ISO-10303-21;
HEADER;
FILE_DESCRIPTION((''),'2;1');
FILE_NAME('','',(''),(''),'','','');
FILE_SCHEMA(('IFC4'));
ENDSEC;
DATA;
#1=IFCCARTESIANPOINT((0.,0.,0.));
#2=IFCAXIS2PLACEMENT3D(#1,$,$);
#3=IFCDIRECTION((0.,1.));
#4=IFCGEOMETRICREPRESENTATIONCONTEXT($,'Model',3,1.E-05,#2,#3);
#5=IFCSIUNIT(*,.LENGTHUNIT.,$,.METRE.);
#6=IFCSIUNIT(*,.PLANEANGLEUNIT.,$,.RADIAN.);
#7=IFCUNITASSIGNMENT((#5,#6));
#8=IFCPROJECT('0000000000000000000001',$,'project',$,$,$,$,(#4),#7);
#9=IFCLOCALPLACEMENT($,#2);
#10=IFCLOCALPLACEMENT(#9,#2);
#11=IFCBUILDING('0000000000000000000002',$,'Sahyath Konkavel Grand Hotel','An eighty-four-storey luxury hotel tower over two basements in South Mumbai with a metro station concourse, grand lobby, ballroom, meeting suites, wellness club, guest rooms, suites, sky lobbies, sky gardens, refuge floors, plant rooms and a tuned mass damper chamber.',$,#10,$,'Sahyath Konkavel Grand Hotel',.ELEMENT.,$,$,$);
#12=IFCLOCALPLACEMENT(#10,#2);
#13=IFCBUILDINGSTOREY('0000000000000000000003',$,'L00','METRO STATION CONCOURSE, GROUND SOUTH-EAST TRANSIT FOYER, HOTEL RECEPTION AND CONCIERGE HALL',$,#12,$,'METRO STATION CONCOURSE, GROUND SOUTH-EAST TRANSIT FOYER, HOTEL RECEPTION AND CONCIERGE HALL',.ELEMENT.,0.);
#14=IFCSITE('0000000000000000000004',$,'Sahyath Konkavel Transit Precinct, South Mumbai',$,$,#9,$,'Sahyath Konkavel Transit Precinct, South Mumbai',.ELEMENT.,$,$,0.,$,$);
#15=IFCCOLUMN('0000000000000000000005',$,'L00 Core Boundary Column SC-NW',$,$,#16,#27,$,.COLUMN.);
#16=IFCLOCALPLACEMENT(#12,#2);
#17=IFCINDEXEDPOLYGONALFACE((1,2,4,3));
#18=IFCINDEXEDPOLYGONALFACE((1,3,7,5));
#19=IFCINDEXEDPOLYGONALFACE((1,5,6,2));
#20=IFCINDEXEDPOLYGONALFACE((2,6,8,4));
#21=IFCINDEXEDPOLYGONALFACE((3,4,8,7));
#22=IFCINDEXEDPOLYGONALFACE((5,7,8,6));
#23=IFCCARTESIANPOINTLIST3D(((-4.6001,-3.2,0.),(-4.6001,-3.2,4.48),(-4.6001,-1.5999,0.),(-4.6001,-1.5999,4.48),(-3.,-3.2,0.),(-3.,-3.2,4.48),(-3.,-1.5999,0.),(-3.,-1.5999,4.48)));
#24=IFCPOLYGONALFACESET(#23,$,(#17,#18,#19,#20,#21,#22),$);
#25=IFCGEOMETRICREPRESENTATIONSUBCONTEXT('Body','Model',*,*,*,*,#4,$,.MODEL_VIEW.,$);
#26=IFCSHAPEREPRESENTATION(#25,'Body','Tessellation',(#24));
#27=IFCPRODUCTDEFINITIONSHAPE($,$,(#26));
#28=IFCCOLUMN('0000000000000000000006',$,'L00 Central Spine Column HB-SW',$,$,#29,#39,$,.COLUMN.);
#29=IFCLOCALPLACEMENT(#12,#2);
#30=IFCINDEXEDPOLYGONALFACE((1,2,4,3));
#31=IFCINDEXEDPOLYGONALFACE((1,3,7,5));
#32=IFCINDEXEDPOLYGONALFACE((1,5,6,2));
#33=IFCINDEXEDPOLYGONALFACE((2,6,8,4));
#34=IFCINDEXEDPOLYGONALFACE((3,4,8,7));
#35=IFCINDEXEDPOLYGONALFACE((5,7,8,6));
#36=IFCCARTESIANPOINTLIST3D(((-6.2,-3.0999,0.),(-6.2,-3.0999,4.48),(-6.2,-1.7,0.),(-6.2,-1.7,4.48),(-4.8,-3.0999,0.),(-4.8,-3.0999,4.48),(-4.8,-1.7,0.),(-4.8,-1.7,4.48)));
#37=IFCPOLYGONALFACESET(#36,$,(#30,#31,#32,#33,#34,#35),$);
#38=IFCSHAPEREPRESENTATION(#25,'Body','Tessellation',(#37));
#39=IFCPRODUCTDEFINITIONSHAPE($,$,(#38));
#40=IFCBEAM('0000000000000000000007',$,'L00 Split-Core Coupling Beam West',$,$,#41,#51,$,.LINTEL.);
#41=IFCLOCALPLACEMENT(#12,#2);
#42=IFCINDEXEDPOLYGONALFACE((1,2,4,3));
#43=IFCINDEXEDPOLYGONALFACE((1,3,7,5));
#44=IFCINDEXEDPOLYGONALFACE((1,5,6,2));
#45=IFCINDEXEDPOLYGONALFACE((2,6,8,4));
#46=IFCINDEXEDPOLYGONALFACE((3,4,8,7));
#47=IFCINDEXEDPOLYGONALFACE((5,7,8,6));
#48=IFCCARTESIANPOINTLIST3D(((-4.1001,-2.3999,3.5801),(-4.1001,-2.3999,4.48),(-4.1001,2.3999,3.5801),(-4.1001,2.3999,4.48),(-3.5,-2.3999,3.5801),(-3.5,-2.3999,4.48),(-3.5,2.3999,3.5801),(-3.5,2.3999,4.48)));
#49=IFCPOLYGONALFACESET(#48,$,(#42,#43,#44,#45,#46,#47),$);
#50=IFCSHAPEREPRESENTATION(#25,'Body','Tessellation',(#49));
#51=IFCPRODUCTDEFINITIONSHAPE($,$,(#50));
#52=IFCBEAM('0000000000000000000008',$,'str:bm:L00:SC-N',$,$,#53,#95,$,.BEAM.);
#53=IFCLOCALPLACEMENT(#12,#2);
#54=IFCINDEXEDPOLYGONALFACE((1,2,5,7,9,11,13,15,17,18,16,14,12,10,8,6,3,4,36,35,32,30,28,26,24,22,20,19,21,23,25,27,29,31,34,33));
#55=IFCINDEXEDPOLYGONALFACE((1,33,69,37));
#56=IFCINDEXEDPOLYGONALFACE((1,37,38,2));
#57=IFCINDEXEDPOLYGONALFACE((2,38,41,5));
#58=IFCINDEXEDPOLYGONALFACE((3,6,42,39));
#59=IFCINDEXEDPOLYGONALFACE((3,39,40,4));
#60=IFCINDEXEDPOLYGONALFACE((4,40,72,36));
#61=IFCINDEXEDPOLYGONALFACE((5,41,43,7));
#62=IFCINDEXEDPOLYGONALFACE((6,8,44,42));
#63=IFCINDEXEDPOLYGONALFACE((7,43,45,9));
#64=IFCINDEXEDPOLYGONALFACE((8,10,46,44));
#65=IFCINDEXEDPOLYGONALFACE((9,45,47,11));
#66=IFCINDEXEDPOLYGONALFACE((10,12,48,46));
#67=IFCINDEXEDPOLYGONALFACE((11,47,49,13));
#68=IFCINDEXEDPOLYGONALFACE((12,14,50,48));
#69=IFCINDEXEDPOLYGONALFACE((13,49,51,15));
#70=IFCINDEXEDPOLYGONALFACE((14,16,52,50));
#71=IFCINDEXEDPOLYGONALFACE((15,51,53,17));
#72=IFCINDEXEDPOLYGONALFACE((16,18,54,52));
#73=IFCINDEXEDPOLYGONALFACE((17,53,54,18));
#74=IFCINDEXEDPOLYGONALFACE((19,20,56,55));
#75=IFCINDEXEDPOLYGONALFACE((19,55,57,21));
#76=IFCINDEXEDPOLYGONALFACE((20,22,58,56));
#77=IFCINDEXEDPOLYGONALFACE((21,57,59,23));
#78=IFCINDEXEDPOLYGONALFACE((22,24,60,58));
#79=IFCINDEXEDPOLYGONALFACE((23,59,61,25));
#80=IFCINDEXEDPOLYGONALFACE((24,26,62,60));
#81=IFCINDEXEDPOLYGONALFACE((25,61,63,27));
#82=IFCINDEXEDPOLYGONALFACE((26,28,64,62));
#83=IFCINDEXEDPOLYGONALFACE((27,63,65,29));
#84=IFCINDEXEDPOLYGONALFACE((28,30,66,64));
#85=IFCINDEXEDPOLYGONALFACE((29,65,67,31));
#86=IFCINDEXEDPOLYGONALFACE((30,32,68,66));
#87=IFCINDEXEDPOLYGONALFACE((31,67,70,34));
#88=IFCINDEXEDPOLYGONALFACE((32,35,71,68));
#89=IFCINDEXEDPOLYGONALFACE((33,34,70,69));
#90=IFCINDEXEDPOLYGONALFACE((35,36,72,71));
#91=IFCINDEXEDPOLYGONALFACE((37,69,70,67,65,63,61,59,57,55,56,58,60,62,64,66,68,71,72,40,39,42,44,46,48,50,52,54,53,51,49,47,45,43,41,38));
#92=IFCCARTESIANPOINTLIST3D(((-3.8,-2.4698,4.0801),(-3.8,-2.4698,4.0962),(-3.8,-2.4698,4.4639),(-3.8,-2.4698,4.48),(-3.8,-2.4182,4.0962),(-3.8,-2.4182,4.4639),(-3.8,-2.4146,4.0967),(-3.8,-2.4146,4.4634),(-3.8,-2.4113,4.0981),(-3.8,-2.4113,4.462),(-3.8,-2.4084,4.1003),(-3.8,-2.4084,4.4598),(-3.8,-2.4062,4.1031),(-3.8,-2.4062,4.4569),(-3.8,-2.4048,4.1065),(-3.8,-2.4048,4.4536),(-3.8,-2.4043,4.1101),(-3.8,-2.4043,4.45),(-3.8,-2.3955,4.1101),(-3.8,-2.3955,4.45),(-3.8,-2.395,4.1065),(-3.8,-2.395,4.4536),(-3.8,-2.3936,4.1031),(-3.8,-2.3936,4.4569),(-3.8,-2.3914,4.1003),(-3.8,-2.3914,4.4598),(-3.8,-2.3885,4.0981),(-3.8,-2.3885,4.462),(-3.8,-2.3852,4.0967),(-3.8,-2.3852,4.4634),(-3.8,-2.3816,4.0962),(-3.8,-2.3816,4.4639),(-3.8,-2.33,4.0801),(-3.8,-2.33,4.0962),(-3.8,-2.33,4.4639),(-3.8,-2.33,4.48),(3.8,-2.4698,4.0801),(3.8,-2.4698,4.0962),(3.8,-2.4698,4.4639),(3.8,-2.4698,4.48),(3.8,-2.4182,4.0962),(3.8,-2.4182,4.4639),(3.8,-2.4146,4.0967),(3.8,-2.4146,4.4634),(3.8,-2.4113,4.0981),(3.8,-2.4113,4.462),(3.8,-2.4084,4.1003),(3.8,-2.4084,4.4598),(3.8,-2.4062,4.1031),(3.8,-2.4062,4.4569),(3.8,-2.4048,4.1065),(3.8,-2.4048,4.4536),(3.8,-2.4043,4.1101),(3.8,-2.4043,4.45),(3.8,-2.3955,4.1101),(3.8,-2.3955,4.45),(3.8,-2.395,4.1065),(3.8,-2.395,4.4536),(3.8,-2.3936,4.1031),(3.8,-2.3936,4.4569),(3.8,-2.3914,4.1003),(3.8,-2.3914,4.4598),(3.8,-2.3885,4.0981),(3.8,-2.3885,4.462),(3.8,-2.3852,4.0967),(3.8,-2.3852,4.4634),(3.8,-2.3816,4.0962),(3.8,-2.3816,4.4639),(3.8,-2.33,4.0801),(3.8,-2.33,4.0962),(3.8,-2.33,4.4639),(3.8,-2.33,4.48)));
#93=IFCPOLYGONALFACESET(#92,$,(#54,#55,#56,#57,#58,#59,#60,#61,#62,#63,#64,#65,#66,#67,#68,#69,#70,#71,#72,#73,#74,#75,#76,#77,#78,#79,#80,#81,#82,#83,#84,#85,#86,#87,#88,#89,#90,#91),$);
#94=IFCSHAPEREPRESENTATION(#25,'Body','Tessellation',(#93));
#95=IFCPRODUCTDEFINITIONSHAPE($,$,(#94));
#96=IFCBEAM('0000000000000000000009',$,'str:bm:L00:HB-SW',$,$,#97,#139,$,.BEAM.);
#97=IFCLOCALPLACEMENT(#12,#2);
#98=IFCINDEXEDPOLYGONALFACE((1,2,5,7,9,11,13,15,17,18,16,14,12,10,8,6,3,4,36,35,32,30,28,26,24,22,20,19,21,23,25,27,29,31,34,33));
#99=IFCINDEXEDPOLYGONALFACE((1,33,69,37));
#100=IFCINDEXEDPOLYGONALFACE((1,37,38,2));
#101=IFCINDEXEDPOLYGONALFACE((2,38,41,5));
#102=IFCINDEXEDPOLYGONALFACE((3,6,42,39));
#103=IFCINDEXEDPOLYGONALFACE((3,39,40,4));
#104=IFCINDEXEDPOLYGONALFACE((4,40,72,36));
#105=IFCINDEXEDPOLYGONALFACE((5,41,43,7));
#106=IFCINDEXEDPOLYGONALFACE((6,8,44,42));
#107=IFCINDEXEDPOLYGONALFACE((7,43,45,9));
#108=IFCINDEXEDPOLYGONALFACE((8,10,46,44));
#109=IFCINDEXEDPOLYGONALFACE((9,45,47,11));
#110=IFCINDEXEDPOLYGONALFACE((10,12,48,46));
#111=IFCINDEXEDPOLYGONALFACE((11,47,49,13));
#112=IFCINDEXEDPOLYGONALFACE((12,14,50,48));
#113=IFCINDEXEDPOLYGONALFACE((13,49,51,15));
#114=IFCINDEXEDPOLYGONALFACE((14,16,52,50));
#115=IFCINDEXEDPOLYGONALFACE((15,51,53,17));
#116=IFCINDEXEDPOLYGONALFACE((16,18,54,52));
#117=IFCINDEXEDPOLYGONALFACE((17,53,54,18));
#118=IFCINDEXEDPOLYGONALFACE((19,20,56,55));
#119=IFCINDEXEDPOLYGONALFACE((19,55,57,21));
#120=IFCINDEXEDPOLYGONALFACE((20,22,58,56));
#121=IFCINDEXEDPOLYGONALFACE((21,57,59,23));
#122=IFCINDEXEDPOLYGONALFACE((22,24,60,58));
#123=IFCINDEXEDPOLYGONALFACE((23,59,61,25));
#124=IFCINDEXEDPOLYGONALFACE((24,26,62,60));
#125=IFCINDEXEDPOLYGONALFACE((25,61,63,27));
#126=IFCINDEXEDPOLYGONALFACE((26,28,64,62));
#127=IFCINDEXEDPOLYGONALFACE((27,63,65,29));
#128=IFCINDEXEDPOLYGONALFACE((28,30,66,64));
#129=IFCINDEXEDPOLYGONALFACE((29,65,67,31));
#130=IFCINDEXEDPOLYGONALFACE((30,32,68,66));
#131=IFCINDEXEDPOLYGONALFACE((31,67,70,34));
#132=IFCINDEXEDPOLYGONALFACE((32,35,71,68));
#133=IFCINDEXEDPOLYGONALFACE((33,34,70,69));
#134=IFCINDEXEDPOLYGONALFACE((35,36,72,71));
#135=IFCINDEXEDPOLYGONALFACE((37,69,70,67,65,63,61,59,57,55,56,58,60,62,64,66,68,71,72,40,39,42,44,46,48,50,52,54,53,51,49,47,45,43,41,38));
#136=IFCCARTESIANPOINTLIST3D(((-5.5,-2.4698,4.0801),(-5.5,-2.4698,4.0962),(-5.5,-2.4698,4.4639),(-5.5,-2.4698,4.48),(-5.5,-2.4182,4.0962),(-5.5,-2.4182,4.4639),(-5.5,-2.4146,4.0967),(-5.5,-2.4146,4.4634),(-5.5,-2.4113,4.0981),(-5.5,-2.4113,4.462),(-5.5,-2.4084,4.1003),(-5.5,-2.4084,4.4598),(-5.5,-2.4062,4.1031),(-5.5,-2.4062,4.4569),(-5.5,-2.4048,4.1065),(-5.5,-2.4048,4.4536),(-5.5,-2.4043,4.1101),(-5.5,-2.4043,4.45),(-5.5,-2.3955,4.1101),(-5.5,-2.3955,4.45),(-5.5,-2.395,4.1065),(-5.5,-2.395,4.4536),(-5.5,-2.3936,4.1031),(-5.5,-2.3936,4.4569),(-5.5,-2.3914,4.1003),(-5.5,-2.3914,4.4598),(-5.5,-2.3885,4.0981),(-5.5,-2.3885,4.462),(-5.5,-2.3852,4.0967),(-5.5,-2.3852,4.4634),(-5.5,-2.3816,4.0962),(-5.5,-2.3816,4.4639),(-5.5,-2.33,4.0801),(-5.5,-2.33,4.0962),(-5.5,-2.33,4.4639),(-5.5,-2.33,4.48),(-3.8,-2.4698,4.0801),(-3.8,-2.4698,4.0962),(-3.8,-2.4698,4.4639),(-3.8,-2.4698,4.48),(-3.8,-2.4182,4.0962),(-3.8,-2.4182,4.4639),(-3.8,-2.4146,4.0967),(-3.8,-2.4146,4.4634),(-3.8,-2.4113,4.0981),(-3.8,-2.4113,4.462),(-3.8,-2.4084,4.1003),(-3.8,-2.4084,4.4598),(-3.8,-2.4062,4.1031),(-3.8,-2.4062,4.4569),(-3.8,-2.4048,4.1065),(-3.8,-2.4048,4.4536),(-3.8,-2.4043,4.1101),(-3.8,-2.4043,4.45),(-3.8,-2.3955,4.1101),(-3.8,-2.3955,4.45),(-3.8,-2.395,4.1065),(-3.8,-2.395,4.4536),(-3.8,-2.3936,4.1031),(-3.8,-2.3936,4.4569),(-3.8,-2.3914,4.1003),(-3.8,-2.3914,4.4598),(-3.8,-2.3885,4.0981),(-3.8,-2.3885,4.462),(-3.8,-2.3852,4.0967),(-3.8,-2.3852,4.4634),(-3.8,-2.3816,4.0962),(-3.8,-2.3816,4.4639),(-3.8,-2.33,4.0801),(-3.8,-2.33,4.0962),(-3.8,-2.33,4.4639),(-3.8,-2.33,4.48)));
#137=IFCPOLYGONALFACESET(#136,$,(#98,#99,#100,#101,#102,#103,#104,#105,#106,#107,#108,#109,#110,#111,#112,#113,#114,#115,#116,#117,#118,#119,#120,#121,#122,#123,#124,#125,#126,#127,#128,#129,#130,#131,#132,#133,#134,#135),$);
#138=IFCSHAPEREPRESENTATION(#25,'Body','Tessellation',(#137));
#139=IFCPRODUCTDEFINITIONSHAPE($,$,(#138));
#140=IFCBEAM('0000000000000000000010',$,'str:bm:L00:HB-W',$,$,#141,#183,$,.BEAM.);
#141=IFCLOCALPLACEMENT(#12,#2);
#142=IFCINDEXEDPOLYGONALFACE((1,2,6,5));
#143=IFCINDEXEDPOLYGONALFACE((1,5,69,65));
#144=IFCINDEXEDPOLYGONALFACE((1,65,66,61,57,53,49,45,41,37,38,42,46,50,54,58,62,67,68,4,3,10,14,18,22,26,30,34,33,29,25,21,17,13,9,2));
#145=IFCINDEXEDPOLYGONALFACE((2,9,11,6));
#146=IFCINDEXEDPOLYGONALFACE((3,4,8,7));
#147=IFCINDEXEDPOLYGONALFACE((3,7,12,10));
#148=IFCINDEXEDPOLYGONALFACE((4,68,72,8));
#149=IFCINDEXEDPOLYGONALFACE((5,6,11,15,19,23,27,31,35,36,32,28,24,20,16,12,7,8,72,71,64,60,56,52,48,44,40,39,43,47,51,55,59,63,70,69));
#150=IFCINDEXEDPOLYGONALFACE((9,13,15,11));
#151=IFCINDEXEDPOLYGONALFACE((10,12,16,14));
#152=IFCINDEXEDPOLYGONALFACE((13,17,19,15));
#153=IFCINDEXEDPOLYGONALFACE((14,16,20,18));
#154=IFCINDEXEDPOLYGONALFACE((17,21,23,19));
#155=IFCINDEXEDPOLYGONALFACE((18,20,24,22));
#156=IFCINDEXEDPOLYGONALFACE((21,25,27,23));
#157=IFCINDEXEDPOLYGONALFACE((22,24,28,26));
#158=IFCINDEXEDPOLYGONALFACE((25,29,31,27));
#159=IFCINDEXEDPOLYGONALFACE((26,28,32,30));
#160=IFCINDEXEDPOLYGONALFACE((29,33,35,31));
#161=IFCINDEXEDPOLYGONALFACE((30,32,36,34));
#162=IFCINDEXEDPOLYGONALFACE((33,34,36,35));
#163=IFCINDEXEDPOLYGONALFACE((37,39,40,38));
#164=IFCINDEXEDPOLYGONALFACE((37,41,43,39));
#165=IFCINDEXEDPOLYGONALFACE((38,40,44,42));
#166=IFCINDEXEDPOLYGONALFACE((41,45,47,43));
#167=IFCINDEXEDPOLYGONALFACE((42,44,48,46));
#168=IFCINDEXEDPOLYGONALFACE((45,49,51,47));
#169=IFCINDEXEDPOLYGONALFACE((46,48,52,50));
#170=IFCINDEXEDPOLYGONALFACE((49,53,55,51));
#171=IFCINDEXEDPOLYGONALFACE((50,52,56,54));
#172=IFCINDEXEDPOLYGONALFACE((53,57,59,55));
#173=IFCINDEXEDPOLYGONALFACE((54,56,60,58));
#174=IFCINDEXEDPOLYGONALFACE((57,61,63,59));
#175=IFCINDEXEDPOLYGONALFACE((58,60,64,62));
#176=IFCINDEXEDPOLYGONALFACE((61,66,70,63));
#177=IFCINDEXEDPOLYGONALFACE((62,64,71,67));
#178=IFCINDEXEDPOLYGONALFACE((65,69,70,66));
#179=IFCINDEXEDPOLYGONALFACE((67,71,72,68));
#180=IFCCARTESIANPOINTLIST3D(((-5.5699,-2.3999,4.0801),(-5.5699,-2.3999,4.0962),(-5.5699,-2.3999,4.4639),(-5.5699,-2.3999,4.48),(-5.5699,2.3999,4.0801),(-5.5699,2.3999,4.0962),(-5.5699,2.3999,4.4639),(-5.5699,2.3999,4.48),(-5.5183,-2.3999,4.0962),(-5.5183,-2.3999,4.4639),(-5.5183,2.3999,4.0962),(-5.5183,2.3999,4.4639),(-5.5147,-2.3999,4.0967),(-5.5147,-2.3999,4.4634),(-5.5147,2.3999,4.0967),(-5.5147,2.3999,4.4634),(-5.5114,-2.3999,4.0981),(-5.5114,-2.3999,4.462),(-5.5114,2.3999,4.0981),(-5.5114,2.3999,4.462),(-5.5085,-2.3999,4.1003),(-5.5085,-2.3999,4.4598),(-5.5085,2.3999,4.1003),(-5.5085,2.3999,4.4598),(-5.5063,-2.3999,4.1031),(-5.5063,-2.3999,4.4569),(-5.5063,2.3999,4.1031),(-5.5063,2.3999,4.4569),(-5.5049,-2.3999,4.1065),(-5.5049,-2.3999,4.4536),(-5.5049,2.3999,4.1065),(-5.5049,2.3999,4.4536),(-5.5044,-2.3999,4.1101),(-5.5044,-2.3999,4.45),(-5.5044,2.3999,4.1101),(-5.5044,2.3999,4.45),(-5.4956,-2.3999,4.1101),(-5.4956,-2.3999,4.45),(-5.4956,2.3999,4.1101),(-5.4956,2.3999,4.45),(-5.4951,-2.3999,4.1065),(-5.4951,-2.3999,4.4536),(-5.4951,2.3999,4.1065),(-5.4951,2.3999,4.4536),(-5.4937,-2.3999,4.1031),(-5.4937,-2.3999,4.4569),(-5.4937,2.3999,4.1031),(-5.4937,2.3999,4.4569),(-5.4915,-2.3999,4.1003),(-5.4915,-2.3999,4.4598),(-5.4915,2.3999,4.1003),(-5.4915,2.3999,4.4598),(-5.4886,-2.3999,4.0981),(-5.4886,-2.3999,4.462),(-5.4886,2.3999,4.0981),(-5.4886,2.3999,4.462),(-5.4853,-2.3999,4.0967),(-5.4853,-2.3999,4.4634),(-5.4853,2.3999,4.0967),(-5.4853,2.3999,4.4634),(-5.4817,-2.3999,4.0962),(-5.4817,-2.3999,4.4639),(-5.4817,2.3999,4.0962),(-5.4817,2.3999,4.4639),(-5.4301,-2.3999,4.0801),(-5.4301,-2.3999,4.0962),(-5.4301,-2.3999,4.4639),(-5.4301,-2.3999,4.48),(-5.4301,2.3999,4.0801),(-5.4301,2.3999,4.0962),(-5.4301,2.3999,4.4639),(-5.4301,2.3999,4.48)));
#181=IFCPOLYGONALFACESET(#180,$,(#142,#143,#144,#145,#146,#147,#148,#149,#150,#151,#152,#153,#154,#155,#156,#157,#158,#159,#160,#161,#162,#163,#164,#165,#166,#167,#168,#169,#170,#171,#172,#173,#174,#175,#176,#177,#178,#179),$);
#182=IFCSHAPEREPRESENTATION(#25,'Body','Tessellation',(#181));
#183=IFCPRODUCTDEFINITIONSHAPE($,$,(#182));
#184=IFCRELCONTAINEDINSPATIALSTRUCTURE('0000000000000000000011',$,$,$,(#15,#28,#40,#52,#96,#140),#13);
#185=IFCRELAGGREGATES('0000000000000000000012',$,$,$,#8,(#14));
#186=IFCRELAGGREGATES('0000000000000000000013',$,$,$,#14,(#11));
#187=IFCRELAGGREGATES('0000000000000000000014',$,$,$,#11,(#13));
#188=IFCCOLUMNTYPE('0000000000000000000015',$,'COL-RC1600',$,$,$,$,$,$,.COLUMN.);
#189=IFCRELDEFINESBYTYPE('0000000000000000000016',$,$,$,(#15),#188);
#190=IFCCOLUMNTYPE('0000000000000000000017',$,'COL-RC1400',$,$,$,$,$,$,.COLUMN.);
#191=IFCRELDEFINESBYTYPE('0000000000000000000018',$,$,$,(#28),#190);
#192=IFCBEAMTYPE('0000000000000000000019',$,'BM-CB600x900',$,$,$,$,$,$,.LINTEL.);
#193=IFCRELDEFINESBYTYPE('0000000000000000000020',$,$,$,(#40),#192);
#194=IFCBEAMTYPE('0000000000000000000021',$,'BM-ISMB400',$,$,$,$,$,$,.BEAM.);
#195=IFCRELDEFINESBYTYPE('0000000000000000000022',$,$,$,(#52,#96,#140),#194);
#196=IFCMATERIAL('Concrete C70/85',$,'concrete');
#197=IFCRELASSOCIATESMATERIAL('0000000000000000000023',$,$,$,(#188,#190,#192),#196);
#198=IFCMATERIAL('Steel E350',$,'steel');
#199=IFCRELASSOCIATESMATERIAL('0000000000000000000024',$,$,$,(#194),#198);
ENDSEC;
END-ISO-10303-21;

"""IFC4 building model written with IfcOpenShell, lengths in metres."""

from ifc_helpers import new_model, si_unit, direction, frame, origin, origin_2d, place, context, subcontext, project, spatial, rectangle, i_section, extrude, source, transform, mapped, material, material_profile, profile_set, type_object, element, save


model = new_model("IFC4")

# Units and contexts
model_context = context("Model", 3, precision=1e-05, world=origin(), true_north=direction((0.0, 1.0)))
body_context = subcontext(model_context, "Body", "Model", "MODEL_VIEW")
ifc_project = project(units=[si_unit("LENGTHUNIT", "METRE"), si_unit("PLANEANGLEUNIT", "RADIAN")], contexts=[model_context])

# Site, building, storey
site_placement = place(None, origin())
site = spatial("IfcSite", under=ifc_project, at=site_placement, Name="Sahyath Konkavel Transit Precinct, South Mumbai", LongName="Sahyath Konkavel Transit Precinct, South Mumbai", CompositionType="ELEMENT", RefElevation=0.0)
building_placement = place(site_placement, origin())
building = spatial("IfcBuilding", under=site, at=building_placement, Name="Sahyath Konkavel Grand Hotel", Description="An eighty-four-storey luxury hotel tower over two basements in South Mumbai with a metro station concourse, grand lobby, ballroom, meeting suites, wellness club, guest rooms, suites, sky lobbies, sky gardens, refuge floors, plant rooms and a tuned mass damper chamber.", LongName="Sahyath Konkavel Grand Hotel", CompositionType="ELEMENT")
storey_placement = place(building_placement, origin())
storey = spatial("IfcBuildingStorey", under=building, at=storey_placement, Name="L00", Description="METRO STATION CONCOURSE, GROUND SOUTH-EAST TRANSIT FOYER, HOTEL RECEPTION AND CONCIERGE HALL", LongName="METRO STATION CONCOURSE, GROUND SOUTH-EAST TRANSIT FOYER, HOTEL RECEPTION AND CONCIERGE HALL", CompositionType="ELEMENT", Elevation=0.0)

# Columns
ifc_material_1 = material(Name="Concrete C70/85", Category="concrete")
ifc_material_profile_1 = material_profile(ifc_material_1, rectangle(XDim=1.6001, YDim=1.6001, at=origin_2d()), Name="RC 1600x1600")
ifc_profile_set_1 = profile_set([ifc_material_profile_1], Name="Concrete C70/85")
column_type_1 = type_object("IfcColumnType", Name="COL-RC1600", PredefinedType="COLUMN", material=ifc_profile_set_1)
shared_shape_1 = source(origin(), body_context, "Body", "SweptSolid", [
    extrude(rectangle(XDim=1.6001, YDim=1.6001, at=origin_2d()), origin(), (0.0, 0.0, 1.0), 4.48),
])
column_1_placement = place(storey_placement, frame((-3.8, -2.3999, 0.0), z_axis=(0.0, 0.0, 1.0), x_axis=(1.0, 0.0, 0.0)))
element("IfcColumn", 1, at=column_1_placement, inside=storey, type_object=column_type_1, Name="L00 Core Boundary Column SC-NW", PredefinedType="COLUMN", context=body_context, shape_type="MappedRepresentation", body=[
    mapped(shared_shape_1, transform((0.0, 0.0, 0.0), scale=1.0)),
])
ifc_material_profile_2 = material_profile(ifc_material_1, rectangle(XDim=1.3999, YDim=1.3999, at=origin_2d()), Name="RC 1400x1400")
ifc_profile_set_2 = profile_set([ifc_material_profile_2], Name="Concrete C70/85")
column_type_2 = type_object("IfcColumnType", Name="COL-RC1400", PredefinedType="COLUMN", material=ifc_profile_set_2)
shared_shape_2 = source(origin(), body_context, "Body", "SweptSolid", [
    extrude(rectangle(XDim=1.3999, YDim=1.3999, at=origin_2d()), origin(), (0.0, 0.0, 1.0), 4.48),
])
column_2_placement = place(storey_placement, frame((-5.5, -2.3999, 0.0), z_axis=(0.0, 0.0, 1.0), x_axis=(1.0, 0.0, 0.0)))
element("IfcColumn", 2, at=column_2_placement, inside=storey, type_object=column_type_2, Name="L00 Central Spine Column HB-SW", PredefinedType="COLUMN", context=body_context, shape_type="MappedRepresentation", body=[
    mapped(shared_shape_2, transform((0.0, 0.0, 0.0), scale=1.0)),
])

# Beams
ifc_material_profile_3 = material_profile(ifc_material_1, rectangle(XDim=0.6001, YDim=0.8999, at=origin_2d()), Name="RC 600x900")
ifc_profile_set_3 = profile_set([ifc_material_profile_3], Name="Concrete C70/85")
beam_type_1 = type_object("IfcBeamType", Name="BM-CB600x900", PredefinedType="LINTEL", material=ifc_profile_set_3)
shared_shape_3 = source(origin(), body_context, "Body", "SweptSolid", [
    extrude(rectangle(XDim=0.6001, YDim=0.8999, at=origin_2d()), origin(), (0.0, 0.0, 1.0), 4.7998),
])
beam_1_placement = place(storey_placement, frame((-3.8, -2.3999, 4.03), z_axis=(0.0, 1.0, 0.0), x_axis=(-1.0, 0.0, 0.0)))
element("IfcBeam", 3, at=beam_1_placement, inside=storey, type_object=beam_type_1, Name="L00 Split-Core Coupling Beam West", PredefinedType="LINTEL", context=body_context, shape_type="MappedRepresentation", body=[
    mapped(shared_shape_3, transform((0.0, 0.0, 0.0), scale=1.0)),
])
ifc_material_2 = material(Name="Steel E350", Category="steel")
ifc_material_profile_4 = material_profile(ifc_material_2, i_section(OverallWidth=0.1399, OverallDepth=0.3999, WebThickness=0.0088, FlangeThickness=0.0161, FilletRadius=0.0139, at=origin_2d()), Name="ISMB 400")
ifc_profile_set_4 = profile_set([ifc_material_profile_4], Name="Steel E350")
beam_type_2 = type_object("IfcBeamType", Name="BM-ISMB400", PredefinedType="BEAM", material=ifc_profile_set_4)
shared_shape_4 = source(origin(), body_context, "Body", "SweptSolid", [
    extrude(i_section(OverallWidth=0.1399, OverallDepth=0.3999, WebThickness=0.0088, FlangeThickness=0.0161, FilletRadius=0.0139, at=origin_2d()), origin(), (0.0, 0.0, 1.0), 7.6001),
])
beam_2_placement = place(storey_placement, frame((-3.8, -2.3999, 4.28), z_axis=(1.0, 0.0, 0.0), x_axis=(0.0, 1.0, 0.0)))
element("IfcBeam", 4, at=beam_2_placement, inside=storey, type_object=beam_type_2, Name="str:bm:L00:SC-N", PredefinedType="BEAM", context=body_context, shape_type="MappedRepresentation", body=[
    mapped(shared_shape_4, transform((0.0, 0.0, 0.0), scale=1.0)),
])
shared_shape_5 = source(origin(), body_context, "Body", "SweptSolid", [
    extrude(i_section(OverallWidth=0.1399, OverallDepth=0.3999, WebThickness=0.0088, FlangeThickness=0.0161, FilletRadius=0.0139, at=origin_2d()), origin(), (0.0, 0.0, 1.0), 1.7),
])
beam_3_placement = place(storey_placement, frame((-5.5, -2.3999, 4.28), z_axis=(1.0, 0.0, 0.0), x_axis=(0.0, 1.0, 0.0)))
element("IfcBeam", 5, at=beam_3_placement, inside=storey, type_object=beam_type_2, Name="str:bm:L00:HB-SW", PredefinedType="BEAM", context=body_context, shape_type="MappedRepresentation", body=[
    mapped(shared_shape_5, transform((0.0, 0.0, 0.0), scale=1.0)),
])
shared_shape_6 = source(origin(), body_context, "Body", "SweptSolid", [
    extrude(i_section(OverallWidth=0.1399, OverallDepth=0.3999, WebThickness=0.0088, FlangeThickness=0.0161, FilletRadius=0.0139, at=origin_2d()), origin(), (0.0, 0.0, 1.0), 4.7998),
])
beam_4_placement = place(storey_placement, frame((-5.5, -2.3999, 4.28), z_axis=(0.0, 1.0, 0.0), x_axis=(-1.0, 0.0, 0.0)))
element("IfcBeam", 6, at=beam_4_placement, inside=storey, type_object=beam_type_2, Name="str:bm:L00:HB-W", PredefinedType="BEAM", context=body_context, shape_type="MappedRepresentation", body=[
    mapped(shared_shape_6, transform((0.0, 0.0, 0.0), scale=1.0)),
])

save(model, "model.ifc")
